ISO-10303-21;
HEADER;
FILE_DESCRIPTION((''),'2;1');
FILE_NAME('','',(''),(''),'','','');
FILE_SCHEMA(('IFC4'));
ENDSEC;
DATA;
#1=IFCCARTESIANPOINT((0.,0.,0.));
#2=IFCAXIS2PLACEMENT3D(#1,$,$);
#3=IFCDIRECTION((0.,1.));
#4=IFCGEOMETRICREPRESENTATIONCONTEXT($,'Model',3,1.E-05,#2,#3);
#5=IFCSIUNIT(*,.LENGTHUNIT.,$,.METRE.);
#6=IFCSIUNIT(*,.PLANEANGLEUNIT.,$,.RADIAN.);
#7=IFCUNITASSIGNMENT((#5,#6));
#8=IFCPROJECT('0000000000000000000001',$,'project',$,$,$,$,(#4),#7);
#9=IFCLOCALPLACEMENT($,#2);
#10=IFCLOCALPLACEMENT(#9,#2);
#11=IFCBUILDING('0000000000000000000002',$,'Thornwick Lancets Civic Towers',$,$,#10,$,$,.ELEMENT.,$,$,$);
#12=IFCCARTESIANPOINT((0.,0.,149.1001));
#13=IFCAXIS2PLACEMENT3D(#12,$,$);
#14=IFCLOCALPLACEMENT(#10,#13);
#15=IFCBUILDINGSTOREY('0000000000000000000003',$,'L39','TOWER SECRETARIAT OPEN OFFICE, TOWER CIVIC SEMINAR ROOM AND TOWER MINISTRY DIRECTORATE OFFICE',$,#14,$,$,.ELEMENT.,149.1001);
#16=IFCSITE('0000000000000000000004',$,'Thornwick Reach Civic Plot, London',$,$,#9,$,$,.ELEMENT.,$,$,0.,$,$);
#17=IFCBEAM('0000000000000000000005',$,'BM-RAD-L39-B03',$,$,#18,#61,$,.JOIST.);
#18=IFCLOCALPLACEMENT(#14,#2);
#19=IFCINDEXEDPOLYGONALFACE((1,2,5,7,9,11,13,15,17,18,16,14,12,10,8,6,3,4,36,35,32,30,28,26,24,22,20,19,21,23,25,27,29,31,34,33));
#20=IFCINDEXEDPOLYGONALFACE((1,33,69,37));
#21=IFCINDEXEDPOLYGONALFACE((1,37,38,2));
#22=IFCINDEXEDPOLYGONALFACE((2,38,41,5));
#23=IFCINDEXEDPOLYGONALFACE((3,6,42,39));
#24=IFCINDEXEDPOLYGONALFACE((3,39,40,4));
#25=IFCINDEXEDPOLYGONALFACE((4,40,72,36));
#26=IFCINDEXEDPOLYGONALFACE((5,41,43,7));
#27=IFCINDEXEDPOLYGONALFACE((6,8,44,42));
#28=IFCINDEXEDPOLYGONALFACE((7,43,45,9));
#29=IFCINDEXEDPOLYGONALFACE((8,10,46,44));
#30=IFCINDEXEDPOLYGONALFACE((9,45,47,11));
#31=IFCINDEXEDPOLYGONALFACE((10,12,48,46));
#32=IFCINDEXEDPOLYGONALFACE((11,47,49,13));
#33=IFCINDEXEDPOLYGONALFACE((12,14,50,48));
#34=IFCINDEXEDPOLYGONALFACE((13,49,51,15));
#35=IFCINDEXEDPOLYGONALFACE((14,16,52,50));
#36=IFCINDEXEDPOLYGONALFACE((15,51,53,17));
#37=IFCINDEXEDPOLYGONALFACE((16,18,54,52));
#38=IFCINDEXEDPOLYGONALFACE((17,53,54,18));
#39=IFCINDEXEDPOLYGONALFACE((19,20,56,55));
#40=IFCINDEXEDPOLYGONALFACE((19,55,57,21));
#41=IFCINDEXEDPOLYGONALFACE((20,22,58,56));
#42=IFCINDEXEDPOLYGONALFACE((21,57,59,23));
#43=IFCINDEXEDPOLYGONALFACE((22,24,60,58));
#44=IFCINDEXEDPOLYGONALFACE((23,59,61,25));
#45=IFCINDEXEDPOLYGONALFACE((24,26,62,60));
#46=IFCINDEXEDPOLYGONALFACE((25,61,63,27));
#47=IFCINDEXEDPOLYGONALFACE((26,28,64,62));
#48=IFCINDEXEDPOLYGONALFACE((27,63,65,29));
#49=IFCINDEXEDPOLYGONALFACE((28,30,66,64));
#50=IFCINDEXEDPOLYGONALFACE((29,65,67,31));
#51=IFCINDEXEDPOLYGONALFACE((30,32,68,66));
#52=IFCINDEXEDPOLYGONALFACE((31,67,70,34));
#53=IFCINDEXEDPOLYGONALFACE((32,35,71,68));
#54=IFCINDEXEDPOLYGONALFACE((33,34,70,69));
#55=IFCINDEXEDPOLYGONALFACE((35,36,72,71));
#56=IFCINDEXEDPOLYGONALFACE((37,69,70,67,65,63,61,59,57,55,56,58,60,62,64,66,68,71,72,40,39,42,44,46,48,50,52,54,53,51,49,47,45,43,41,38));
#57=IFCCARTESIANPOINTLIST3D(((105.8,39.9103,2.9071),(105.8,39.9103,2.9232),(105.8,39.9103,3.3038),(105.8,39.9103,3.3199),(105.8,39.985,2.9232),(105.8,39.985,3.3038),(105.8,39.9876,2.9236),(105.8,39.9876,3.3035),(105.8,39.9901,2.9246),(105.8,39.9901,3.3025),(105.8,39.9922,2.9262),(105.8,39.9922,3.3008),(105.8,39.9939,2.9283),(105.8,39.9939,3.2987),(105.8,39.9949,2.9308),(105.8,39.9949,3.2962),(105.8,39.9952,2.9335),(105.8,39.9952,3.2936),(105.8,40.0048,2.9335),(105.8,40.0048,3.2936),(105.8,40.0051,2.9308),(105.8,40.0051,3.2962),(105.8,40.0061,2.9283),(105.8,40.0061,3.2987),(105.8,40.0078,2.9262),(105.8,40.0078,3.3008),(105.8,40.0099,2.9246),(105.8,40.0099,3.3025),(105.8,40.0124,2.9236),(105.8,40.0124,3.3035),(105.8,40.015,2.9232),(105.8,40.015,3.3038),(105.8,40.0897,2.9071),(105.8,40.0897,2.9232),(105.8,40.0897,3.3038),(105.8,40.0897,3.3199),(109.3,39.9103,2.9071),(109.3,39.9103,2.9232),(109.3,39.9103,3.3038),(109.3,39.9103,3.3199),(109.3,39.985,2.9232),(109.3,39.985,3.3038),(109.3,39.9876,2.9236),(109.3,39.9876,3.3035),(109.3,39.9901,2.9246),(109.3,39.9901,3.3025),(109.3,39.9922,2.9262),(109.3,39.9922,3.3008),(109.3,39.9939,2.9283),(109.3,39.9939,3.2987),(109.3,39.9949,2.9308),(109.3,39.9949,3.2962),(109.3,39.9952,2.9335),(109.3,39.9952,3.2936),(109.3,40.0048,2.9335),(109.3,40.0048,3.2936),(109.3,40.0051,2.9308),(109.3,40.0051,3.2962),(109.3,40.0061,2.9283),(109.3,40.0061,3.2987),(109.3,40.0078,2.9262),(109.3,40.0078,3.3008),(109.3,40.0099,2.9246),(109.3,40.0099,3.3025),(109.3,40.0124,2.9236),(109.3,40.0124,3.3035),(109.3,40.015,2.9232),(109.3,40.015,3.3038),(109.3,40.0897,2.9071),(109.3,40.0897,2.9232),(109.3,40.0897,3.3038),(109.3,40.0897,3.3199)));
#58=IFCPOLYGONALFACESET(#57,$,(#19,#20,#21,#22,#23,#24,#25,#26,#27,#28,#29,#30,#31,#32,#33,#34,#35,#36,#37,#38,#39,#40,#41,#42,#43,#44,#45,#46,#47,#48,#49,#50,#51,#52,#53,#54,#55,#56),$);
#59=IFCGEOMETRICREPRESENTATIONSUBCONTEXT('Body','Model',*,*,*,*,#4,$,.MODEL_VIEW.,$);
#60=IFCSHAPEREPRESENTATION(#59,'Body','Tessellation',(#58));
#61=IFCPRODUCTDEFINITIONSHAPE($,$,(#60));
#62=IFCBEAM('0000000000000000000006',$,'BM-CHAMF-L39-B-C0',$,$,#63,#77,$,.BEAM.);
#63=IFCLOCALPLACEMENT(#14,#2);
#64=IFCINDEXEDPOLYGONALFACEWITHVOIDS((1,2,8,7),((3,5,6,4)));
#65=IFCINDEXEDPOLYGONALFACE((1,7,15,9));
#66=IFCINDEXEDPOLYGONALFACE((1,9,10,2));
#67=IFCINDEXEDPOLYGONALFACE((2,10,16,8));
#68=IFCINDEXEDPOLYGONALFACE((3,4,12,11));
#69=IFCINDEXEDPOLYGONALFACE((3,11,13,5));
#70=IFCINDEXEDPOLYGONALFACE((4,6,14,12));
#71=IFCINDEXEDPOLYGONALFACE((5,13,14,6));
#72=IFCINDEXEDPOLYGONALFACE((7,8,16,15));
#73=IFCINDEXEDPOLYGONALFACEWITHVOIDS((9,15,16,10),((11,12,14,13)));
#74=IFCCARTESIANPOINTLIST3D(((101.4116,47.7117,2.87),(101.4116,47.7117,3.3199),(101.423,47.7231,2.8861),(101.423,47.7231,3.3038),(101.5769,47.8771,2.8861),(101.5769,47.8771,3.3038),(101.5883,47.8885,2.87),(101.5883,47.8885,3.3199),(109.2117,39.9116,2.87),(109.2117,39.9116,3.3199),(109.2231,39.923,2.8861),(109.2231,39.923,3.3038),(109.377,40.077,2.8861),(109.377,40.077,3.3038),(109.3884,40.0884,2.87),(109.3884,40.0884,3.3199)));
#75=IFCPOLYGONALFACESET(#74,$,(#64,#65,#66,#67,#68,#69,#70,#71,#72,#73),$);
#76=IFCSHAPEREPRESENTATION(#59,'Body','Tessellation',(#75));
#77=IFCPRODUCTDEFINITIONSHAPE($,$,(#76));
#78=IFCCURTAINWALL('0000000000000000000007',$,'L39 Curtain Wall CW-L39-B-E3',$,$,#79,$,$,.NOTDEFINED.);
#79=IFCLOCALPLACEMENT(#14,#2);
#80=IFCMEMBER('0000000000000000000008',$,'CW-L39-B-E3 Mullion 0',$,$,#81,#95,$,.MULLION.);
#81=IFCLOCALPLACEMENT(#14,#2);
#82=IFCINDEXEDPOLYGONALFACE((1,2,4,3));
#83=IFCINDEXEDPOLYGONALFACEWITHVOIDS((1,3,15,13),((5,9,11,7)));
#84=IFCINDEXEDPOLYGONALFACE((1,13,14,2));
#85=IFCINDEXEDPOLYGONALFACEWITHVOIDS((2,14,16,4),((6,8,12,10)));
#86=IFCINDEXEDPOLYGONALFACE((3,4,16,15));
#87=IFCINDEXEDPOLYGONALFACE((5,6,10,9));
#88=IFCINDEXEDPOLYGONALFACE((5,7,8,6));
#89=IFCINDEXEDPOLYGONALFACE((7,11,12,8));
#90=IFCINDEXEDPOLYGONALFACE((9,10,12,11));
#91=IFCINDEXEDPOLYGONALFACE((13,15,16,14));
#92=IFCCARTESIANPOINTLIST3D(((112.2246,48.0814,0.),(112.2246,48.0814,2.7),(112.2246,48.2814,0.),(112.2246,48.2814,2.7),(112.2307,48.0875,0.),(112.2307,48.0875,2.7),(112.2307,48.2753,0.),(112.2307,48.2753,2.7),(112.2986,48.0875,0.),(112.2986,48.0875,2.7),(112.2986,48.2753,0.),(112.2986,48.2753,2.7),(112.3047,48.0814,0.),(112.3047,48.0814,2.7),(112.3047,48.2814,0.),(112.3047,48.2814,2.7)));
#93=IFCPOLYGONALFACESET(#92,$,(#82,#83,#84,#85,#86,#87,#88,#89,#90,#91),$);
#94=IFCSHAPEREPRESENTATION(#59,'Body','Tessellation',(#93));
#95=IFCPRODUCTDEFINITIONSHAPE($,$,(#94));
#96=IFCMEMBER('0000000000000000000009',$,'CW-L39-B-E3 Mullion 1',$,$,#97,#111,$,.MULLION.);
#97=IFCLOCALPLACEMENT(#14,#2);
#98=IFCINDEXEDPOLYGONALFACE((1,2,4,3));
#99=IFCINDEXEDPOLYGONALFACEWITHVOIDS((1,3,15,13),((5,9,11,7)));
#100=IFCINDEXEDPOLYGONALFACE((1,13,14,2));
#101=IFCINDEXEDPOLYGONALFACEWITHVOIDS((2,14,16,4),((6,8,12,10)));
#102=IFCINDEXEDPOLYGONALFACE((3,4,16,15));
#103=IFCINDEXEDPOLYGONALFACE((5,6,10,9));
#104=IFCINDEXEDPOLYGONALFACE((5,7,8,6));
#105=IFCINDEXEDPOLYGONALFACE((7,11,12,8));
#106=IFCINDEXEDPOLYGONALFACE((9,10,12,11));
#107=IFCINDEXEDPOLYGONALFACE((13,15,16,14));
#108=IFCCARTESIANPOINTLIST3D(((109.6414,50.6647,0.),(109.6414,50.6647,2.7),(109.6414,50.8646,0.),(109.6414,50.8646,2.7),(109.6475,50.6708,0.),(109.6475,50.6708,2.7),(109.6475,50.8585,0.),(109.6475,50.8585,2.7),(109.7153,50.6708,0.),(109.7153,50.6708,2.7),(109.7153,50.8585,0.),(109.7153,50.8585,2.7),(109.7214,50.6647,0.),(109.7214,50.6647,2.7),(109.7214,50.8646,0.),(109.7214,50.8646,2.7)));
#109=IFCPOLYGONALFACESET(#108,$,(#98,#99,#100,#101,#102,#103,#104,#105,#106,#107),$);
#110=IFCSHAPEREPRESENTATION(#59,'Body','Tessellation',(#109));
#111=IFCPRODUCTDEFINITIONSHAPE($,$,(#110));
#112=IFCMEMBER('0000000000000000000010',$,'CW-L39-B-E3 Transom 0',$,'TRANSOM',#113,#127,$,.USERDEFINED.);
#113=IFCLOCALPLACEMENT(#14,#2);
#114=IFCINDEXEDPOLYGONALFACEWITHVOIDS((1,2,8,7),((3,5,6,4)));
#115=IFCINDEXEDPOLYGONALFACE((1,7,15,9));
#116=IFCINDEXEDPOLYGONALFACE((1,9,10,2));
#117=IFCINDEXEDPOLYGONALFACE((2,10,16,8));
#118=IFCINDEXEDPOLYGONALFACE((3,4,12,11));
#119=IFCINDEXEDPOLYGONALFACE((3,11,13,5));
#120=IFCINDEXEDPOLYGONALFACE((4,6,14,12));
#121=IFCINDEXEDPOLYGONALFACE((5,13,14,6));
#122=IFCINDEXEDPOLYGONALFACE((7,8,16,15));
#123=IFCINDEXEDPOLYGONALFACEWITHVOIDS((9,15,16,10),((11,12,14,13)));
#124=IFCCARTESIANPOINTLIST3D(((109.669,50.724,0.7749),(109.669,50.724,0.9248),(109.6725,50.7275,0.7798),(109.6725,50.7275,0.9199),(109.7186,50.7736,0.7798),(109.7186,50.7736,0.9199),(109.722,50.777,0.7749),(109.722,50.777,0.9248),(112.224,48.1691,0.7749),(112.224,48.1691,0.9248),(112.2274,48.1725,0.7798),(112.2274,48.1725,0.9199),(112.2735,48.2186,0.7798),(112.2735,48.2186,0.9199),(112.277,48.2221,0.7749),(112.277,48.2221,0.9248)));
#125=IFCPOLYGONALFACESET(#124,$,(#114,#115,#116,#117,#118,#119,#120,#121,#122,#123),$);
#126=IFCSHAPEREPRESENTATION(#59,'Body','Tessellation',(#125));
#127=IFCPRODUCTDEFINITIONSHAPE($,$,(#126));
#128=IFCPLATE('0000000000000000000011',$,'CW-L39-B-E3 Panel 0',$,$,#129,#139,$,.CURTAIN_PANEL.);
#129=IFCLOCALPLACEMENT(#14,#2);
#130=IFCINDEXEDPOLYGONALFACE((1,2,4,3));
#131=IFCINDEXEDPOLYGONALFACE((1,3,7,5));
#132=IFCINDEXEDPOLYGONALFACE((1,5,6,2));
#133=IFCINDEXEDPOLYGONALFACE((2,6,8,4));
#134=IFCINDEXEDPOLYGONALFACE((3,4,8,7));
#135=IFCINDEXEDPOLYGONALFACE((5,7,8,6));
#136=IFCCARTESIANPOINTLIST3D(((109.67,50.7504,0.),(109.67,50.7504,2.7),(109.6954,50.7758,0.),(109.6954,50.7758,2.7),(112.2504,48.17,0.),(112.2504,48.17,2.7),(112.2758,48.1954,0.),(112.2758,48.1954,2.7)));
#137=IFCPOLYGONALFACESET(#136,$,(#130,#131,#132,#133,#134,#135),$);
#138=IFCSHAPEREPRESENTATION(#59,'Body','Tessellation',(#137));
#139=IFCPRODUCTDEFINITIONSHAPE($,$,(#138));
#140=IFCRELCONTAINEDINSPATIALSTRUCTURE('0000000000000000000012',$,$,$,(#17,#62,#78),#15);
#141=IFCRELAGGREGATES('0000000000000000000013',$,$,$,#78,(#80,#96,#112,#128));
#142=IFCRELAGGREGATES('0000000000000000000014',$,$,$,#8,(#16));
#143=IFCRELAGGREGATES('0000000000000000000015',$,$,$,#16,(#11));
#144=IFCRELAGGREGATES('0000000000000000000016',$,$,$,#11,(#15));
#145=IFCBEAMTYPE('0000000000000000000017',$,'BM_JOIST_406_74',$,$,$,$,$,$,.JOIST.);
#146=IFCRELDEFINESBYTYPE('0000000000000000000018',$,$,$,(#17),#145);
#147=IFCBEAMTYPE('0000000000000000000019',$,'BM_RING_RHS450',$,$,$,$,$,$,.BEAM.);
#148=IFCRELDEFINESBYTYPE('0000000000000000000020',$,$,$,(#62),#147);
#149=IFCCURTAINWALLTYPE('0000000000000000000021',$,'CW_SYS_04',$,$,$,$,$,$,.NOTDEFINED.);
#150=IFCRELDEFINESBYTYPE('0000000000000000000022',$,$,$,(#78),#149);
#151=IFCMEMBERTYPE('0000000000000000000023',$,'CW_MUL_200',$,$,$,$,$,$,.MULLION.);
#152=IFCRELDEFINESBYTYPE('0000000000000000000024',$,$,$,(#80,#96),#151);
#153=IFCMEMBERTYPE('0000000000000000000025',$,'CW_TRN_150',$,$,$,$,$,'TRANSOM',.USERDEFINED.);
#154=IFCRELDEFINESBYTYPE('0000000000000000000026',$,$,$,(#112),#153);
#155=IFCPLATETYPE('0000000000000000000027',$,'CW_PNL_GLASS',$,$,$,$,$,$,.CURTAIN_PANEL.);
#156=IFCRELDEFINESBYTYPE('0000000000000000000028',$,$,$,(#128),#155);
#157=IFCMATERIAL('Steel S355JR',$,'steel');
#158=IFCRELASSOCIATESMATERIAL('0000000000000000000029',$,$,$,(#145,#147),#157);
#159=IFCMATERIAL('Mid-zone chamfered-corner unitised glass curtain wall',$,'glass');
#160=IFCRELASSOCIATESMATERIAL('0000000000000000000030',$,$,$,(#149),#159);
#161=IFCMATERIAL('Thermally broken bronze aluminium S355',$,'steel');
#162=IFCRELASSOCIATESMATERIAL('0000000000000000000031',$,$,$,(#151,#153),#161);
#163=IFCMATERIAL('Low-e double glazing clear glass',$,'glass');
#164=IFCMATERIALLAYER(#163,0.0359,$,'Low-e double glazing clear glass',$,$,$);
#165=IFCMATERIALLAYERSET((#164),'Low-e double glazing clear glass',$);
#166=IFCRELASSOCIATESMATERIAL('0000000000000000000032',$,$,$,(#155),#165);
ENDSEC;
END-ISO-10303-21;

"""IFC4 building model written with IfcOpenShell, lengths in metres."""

from ifc_helpers import new_model, si_unit, direction, frame, origin, origin_2d, place, context, subcontext, project, spatial, rectangle, hollow_rectangle, i_section, extrude, material, layer, layer_set, material_profile, profile_set, type_object, element, aggregate, save


model = new_model("IFC4")

# Units and contexts
model_context = context("Model", 3, precision=1e-05, world=origin(), true_north=direction((0.0, 1.0)))
body_context = subcontext(model_context, "Body", "Model", "MODEL_VIEW")
ifc_project = project(units=[si_unit("LENGTHUNIT", "METRE"), si_unit("PLANEANGLEUNIT", "RADIAN")], contexts=[model_context])

# Site, building, storey
site_placement = place(None, origin())
site = spatial("IfcSite", under=ifc_project, at=site_placement, Name="Thornwick Reach Civic Plot, London", CompositionType="ELEMENT", RefElevation=0.0)
building_placement = place(site_placement, origin())
building = spatial("IfcBuilding", under=site, at=building_placement, Name="Thornwick Lancets Civic Towers", CompositionType="ELEMENT")
storey_placement = place(building_placement, frame((0.0, 0.0, 149.1001)))
storey = spatial("IfcBuildingStorey", under=building, at=storey_placement, Name="L39", Description="TOWER SECRETARIAT OPEN OFFICE, TOWER CIVIC SEMINAR ROOM AND TOWER MINISTRY DIRECTORATE OFFICE", CompositionType="ELEMENT", Elevation=149.1001)

# Beams
ifc_material_1 = material(Name="Steel S355JR", Category="steel")
ifc_material_profile_1 = material_profile(ifc_material_1, i_section(OverallWidth=0.1794, OverallDepth=0.4128, WebThickness=0.0095, FlangeThickness=0.0161, FilletRadius=0.0103, at=origin_2d()), Name="UKB 406x178x74")
ifc_profile_set_1 = profile_set([ifc_material_profile_1], Name="Steel S355JR")
beam_type_1 = type_object("IfcBeamType", Name="BM_JOIST_406_74", PredefinedType="JOIST", material=ifc_profile_set_1)
beam_1_placement = place(storey_placement, frame((105.8, 40.0, 3.1135), z_axis=(1.0, 0.0, 0.0), x_axis=(0.0, 1.0, 0.0)))
element("IfcBeam", 1, at=beam_1_placement, inside=storey, type_object=beam_type_1, Name="BM-RAD-L39-B03", PredefinedType="JOIST", context=body_context, shape_type="SweptSolid", body=[
    extrude(i_section(OverallWidth=0.1794, OverallDepth=0.4128, WebThickness=0.0095, FlangeThickness=0.0161, FilletRadius=0.0103, at=origin_2d()), origin(), (0.0, 0.0, 1.0), 3.5),
])
ifc_material_profile_2 = material_profile(ifc_material_1, hollow_rectangle(XDim=0.25, YDim=0.45, WallThickness=0.0161, at=origin_2d()), Name="RHS 450x250x16")
ifc_profile_set_2 = profile_set([ifc_material_profile_2], Name="Steel S355JR")
beam_type_2 = type_object("IfcBeamType", Name="BM_RING_RHS450", PredefinedType="BEAM", material=ifc_profile_set_2)
beam_2_placement = place(storey_placement, frame((109.3, 40.0, 3.095), z_axis=(-0.707107, 0.707107, 0.0), x_axis=(-0.707107, -0.707107, 0.0)))
element("IfcBeam", 2, at=beam_2_placement, inside=storey, type_object=beam_type_2, Name="BM-CHAMF-L39-B-C0", PredefinedType="BEAM", context=body_context, shape_type="SweptSolid", body=[
    extrude(hollow_rectangle(XDim=0.25, YDim=0.45, WallThickness=0.0161, at=origin_2d()), origin(), (0.0, 0.0, 1.0), 11.031),
])

# Curtain wall, members, plate
ifc_material_2 = material(Name="Mid-zone chamfered-corner unitised glass curtain wall", Category="glass")
curtain_wall_type = type_object("IfcCurtainWallType", Name="CW_SYS_04", PredefinedType="NOTDEFINED", material=ifc_material_2)
curtain_wall_placement = place(storey_placement, origin())
curtain_wall = element("IfcCurtainWall", 3, at=curtain_wall_placement, inside=storey, type_object=curtain_wall_type, Name="L39 Curtain Wall CW-L39-B-E3", PredefinedType="NOTDEFINED")
ifc_material_3 = material(Name="Thermally broken bronze aluminium S355", Category="steel")
ifc_material_profile_3 = material_profile(ifc_material_3, hollow_rectangle(XDim=0.0801, YDim=0.2, WallThickness=0.0061, at=origin_2d()), Name="RHS 200x80x6")
ifc_profile_set_3 = profile_set([ifc_material_profile_3], Name="Thermally broken bronze aluminium S355")
member_type_1 = type_object("IfcMemberType", Name="CW_MUL_200", PredefinedType="MULLION", material=ifc_profile_set_3)
member_1_placement = place(storey_placement, frame((112.2646, 48.1814, 0.0), z_axis=(0.0, 0.0, 1.0), x_axis=(1.0, 0.0, 0.0)))
member_1 = element("IfcMember", 4, at=member_1_placement, type_object=member_type_1, Name="CW-L39-B-E3 Mullion 0", PredefinedType="MULLION", context=body_context, shape_type="SweptSolid", body=[
    extrude(hollow_rectangle(XDim=0.0801, YDim=0.2, WallThickness=0.0061, at=origin_2d()), origin(), (0.0, 0.0, 1.0), 2.7),
])
member_2_placement = place(storey_placement, frame((109.6814, 50.7646, 0.0), z_axis=(0.0, 0.0, 1.0), x_axis=(1.0, 0.0, 0.0)))
member_2 = element("IfcMember", 5, at=member_2_placement, type_object=member_type_1, Name="CW-L39-B-E3 Mullion 1", PredefinedType="MULLION", context=body_context, shape_type="SweptSolid", body=[
    extrude(hollow_rectangle(XDim=0.0801, YDim=0.2, WallThickness=0.0061, at=origin_2d()), origin(), (0.0, 0.0, 1.0), 2.7),
])
ifc_material_profile_4 = material_profile(ifc_material_3, hollow_rectangle(XDim=0.075, YDim=0.1499, WallThickness=0.0049, at=origin_2d()), Name="RHS 150x75x5")
ifc_profile_set_4 = profile_set([ifc_material_profile_4], Name="Thermally broken bronze aluminium S355")
member_type_2 = type_object("IfcMemberType", Name="CW_TRN_150", ElementType="TRANSOM", PredefinedType="USERDEFINED", material=ifc_profile_set_4)
member_3_placement = place(storey_placement, frame((112.2505, 48.1956, 0.8499), z_axis=(-0.707107, 0.707107, 0.0), x_axis=(-0.707107, -0.707107, 0.0)))
member_3 = element("IfcMember", 6, at=member_3_placement, type_object=member_type_2, Name="CW-L39-B-E3 Transom 0", ObjectType="TRANSOM", PredefinedType="USERDEFINED", context=body_context, shape_type="SweptSolid", body=[
    extrude(hollow_rectangle(XDim=0.075, YDim=0.1499, WallThickness=0.0049, at=origin_2d()), origin(), (0.0, 0.0, 1.0), 3.6133),
])
ifc_material_4 = material(Name="Low-e double glazing clear glass", Category="glass")
ifc_layer_1 = layer(ifc_material_4, 0.0359, Name="Low-e double glazing clear glass")
ifc_layer_set_1 = layer_set([ifc_layer_1], Name="Low-e double glazing clear glass")
plate_type = type_object("IfcPlateType", Name="CW_PNL_GLASS", PredefinedType="CURTAIN_PANEL", material=ifc_layer_set_1)
plate_placement = place(storey_placement, frame((110.9729, 49.4729, 0.0), z_axis=(0.0, 0.0, 1.0), x_axis=(-0.707107, 0.707107, 0.0)))
plate = element("IfcPlate", 7, at=plate_placement, type_object=plate_type, Name="CW-L39-B-E3 Panel 0", PredefinedType="CURTAIN_PANEL", context=body_context, shape_type="SweptSolid", body=[
    extrude(rectangle(XDim=3.6492, YDim=0.0359, at=origin_2d()), origin(), (0.0, 0.0, 1.0), 2.7),
])
aggregate(curtain_wall, [member_1, member_2, member_3, plate])

save(model, "model.ifc")
